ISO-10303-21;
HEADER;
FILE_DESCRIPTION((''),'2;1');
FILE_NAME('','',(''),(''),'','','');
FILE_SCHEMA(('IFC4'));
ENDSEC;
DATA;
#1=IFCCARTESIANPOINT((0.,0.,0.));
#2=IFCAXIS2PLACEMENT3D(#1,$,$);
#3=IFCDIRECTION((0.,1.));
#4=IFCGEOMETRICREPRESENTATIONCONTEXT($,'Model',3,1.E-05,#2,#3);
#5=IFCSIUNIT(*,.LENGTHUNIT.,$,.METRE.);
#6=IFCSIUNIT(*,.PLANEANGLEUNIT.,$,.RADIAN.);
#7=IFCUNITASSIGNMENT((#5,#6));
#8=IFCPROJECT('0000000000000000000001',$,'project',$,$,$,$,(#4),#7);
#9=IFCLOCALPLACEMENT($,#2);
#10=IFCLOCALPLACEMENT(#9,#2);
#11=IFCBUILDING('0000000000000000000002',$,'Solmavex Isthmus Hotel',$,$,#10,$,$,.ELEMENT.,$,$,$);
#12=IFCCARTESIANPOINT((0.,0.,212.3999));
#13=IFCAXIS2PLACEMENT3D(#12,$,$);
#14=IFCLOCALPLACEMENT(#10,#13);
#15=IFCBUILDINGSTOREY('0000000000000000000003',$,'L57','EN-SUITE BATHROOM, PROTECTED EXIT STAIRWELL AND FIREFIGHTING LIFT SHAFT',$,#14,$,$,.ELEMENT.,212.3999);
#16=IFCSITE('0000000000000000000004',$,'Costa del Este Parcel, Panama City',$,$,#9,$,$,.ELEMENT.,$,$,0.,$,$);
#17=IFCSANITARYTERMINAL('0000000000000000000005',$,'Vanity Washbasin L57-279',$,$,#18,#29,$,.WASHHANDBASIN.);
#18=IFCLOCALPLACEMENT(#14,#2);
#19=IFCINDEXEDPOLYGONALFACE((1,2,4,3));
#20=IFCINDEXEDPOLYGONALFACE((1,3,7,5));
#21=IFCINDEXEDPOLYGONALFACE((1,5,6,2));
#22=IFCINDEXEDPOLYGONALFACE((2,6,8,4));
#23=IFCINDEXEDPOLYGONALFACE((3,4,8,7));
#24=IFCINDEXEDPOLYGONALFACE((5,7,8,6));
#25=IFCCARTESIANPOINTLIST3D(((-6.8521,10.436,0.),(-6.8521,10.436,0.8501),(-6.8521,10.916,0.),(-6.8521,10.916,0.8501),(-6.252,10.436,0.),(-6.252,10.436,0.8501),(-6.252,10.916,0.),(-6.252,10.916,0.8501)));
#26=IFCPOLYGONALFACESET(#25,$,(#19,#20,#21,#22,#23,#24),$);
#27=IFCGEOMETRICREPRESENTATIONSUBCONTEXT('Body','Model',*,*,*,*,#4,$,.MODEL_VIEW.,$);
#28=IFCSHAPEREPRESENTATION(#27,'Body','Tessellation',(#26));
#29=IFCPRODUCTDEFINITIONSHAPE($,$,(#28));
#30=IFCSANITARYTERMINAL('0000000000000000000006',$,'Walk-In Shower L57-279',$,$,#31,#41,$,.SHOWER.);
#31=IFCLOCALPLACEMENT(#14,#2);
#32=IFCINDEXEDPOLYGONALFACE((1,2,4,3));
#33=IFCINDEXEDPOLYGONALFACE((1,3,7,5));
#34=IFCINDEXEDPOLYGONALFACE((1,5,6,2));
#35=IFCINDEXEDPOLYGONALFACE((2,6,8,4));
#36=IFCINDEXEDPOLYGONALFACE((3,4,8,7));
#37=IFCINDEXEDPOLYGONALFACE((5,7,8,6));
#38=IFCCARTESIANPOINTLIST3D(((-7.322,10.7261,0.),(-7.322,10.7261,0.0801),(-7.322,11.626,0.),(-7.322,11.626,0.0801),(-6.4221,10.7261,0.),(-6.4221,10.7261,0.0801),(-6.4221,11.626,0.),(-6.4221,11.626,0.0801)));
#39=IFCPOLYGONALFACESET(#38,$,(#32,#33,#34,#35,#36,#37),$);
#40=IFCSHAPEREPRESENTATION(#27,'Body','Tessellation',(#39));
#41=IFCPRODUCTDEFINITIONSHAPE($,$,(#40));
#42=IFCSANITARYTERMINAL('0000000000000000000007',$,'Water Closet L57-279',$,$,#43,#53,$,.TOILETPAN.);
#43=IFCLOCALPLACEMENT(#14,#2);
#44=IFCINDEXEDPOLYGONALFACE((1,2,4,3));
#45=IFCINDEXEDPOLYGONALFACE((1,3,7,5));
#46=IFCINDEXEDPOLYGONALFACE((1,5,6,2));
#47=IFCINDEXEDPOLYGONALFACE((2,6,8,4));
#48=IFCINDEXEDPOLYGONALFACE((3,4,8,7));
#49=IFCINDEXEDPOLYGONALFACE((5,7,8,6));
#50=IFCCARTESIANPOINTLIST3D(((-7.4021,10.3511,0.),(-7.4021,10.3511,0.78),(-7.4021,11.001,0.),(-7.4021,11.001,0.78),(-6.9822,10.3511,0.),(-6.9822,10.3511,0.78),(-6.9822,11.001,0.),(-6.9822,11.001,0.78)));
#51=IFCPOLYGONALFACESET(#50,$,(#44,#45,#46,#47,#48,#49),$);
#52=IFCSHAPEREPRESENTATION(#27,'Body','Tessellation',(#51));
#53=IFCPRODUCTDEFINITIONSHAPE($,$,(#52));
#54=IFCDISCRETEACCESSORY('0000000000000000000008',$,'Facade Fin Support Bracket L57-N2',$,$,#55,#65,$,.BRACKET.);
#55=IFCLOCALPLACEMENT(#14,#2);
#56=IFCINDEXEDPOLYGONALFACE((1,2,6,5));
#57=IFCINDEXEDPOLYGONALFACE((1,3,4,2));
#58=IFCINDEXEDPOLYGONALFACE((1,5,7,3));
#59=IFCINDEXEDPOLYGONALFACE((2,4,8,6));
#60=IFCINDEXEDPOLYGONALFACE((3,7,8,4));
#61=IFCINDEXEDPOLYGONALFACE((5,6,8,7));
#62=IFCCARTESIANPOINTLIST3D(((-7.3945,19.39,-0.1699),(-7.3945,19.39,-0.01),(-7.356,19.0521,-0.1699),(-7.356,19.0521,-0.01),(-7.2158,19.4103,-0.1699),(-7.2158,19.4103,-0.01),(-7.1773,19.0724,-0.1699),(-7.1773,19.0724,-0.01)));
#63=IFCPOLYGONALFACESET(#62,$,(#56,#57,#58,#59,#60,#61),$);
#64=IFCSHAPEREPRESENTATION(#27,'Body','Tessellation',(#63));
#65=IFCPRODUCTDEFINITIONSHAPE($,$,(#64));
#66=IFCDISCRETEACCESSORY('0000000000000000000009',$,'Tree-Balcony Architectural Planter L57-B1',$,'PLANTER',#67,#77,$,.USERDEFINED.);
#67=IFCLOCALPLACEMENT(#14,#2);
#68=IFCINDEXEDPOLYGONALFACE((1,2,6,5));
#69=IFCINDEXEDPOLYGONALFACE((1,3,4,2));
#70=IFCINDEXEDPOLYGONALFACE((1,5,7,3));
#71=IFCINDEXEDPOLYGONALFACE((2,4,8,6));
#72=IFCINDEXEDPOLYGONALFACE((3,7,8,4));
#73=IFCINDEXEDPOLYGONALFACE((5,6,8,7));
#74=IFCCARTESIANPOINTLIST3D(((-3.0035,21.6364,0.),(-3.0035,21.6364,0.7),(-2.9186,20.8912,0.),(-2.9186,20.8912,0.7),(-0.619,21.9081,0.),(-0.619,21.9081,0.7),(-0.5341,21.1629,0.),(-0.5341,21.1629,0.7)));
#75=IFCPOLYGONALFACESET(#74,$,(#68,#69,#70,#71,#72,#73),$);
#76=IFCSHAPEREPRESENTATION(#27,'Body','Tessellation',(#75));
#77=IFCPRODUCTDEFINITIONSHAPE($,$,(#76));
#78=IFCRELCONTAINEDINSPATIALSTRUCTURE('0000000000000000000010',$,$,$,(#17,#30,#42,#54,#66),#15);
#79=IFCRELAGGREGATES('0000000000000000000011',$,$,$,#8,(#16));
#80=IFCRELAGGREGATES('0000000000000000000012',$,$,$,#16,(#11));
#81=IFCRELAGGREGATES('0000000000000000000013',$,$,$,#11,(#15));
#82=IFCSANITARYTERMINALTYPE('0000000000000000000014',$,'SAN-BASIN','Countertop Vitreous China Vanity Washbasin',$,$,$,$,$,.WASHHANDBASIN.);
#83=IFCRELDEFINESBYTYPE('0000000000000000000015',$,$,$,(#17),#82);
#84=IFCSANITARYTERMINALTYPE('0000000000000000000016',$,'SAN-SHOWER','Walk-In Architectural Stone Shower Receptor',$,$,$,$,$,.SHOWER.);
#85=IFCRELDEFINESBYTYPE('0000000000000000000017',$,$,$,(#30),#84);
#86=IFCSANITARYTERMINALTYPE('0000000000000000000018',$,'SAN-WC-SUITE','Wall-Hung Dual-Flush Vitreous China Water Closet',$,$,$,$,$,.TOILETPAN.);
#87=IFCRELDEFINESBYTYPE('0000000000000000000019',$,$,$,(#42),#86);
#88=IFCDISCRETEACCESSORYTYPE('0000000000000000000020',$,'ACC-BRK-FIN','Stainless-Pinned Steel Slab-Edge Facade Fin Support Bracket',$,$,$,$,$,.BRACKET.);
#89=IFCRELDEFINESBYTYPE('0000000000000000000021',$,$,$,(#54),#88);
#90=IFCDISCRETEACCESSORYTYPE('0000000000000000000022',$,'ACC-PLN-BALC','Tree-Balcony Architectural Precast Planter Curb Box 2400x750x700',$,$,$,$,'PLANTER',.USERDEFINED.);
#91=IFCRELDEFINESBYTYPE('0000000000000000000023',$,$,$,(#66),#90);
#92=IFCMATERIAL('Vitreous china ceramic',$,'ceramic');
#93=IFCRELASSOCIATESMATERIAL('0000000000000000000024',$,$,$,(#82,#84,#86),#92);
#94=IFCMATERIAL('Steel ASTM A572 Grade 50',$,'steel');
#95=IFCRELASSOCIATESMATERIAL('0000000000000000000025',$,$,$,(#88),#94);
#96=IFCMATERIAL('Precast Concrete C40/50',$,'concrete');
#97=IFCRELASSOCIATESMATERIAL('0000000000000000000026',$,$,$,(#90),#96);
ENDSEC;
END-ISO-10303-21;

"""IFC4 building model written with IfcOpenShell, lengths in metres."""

from ifc_helpers import new_model, si_unit, direction, frame, origin, origin_2d, place, context, subcontext, project, spatial, rectangle, extrude, material, type_object, element, save


model = new_model("IFC4")

# Units and contexts
model_context = context("Model", 3, precision=1e-05, world=origin(), true_north=direction((0.0, 1.0)))
body_context = subcontext(model_context, "Body", "Model", "MODEL_VIEW")
ifc_project = project(units=[si_unit("LENGTHUNIT", "METRE"), si_unit("PLANEANGLEUNIT", "RADIAN")], contexts=[model_context])

# Site, building, storey
site_placement = place(None, origin())
site = spatial("IfcSite", under=ifc_project, at=site_placement, Name="Costa del Este Parcel, Panama City", CompositionType="ELEMENT", RefElevation=0.0)
building_placement = place(site_placement, origin())
building = spatial("IfcBuilding", under=site, at=building_placement, Name="Solmavex Isthmus Hotel", CompositionType="ELEMENT")
storey_placement = place(building_placement, frame((0.0, 0.0, 212.3999)))
storey = spatial("IfcBuildingStorey", under=building, at=storey_placement, Name="L57", Description="EN-SUITE BATHROOM, PROTECTED EXIT STAIRWELL AND FIREFIGHTING LIFT SHAFT", CompositionType="ELEMENT", Elevation=212.3999)

# Shared definitions
ifc_material_1 = material(Name="Precast Concrete C40/50", Category="concrete")

# Sanitary terminals
ifc_material_2 = material(Name="Vitreous china ceramic", Category="ceramic")
sanitary_terminal_type_1 = type_object("IfcSanitaryTerminalType", Name="SAN-BASIN", Description="Countertop Vitreous China Vanity Washbasin", PredefinedType="WASHHANDBASIN", material=ifc_material_2)
sanitary_terminal_1_placement = place(storey_placement, frame((-6.552, 10.676, 0.0), z_axis=(0.0, 0.0, 1.0), x_axis=(1.0, 0.0, 0.0)))
element("IfcSanitaryTerminal", 1, at=sanitary_terminal_1_placement, inside=storey, type_object=sanitary_terminal_type_1, Name="Vanity Washbasin L57-279", PredefinedType="WASHHANDBASIN", context=body_context, shape_type="SweptSolid", body=[
    extrude(rectangle(XDim=0.6001, YDim=0.48, at=origin_2d()), origin(), (0.0, 0.0, 1.0), 0.8501),
])
sanitary_terminal_type_2 = type_object("IfcSanitaryTerminalType", Name="SAN-SHOWER", Description="Walk-In Architectural Stone Shower Receptor", PredefinedType="SHOWER", material=ifc_material_2)
sanitary_terminal_2_placement = place(storey_placement, frame((-6.8721, 11.176, 0.0), z_axis=(0.0, 0.0, 1.0), x_axis=(1.0, 0.0, 0.0)))
element("IfcSanitaryTerminal", 2, at=sanitary_terminal_2_placement, inside=storey, type_object=sanitary_terminal_type_2, Name="Walk-In Shower L57-279", PredefinedType="SHOWER", context=body_context, shape_type="SweptSolid", body=[
    extrude(rectangle(XDim=0.8999, YDim=0.8999, at=origin_2d()), origin(), (0.0, 0.0, 1.0), 0.0801),
])
sanitary_terminal_type_3 = type_object("IfcSanitaryTerminalType", Name="SAN-WC-SUITE", Description="Wall-Hung Dual-Flush Vitreous China Water Closet", PredefinedType="TOILETPAN", material=ifc_material_2)
sanitary_terminal_3_placement = place(storey_placement, frame((-7.1921, 10.676, 0.0), z_axis=(0.0, 0.0, 1.0), x_axis=(1.0, 0.0, 0.0)))
element("IfcSanitaryTerminal", 3, at=sanitary_terminal_3_placement, inside=storey, type_object=sanitary_terminal_type_3, Name="Water Closet L57-279", PredefinedType="TOILETPAN", context=body_context, shape_type="SweptSolid", body=[
    extrude(rectangle(XDim=0.4199, YDim=0.6499, at=origin_2d()), origin(), (0.0, 0.0, 1.0), 0.78),
])

# Discrete accessories
ifc_material_3 = material(Name="Steel ASTM A572 Grade 50", Category="steel")
discrete_accessory_type_1 = type_object("IfcDiscreteAccessoryType", Name="ACC-BRK-FIN", Description="Stainless-Pinned Steel Slab-Edge Facade Fin Support Bracket", PredefinedType="BRACKET", material=ifc_material_3)
discrete_accessory_1_placement = place(storey_placement, frame((-7.2859, 19.2312, -0.1699), z_axis=(0.0, 0.0, 1.0), x_axis=(-0.113203, 0.993572, 0.0)))
element("IfcDiscreteAccessory", 4, at=discrete_accessory_1_placement, inside=storey, type_object=discrete_accessory_type_1, Name="Facade Fin Support Bracket L57-N2", PredefinedType="BRACKET", context=body_context, shape_type="SweptSolid", body=[
    extrude(rectangle(XDim=0.3401, YDim=0.1799, at=origin_2d()), origin(), (0.0, 0.0, 1.0), 0.1599),
])
discrete_accessory_type_2 = type_object("IfcDiscreteAccessoryType", Name="ACC-PLN-BALC", Description="Tree-Balcony Architectural Precast Planter Curb Box 2400x750x700", ElementType="PLANTER", PredefinedType="USERDEFINED", material=ifc_material_1)
discrete_accessory_2_placement = place(storey_placement, frame((-1.7688, 21.3997, 0.0), z_axis=(0.0, 0.0, 1.0), x_axis=(0.993572, 0.113203, 0.0)))
element("IfcDiscreteAccessory", 5, at=discrete_accessory_2_placement, inside=storey, type_object=discrete_accessory_type_2, Name="Tree-Balcony Architectural Planter L57-B1", ObjectType="PLANTER", PredefinedType="USERDEFINED", context=body_context, shape_type="SweptSolid", body=[
    extrude(rectangle(XDim=2.3999, YDim=0.75, at=origin_2d()), origin(), (0.0, 0.0, 1.0), 0.7),
])

save(model, "model.ifc")
